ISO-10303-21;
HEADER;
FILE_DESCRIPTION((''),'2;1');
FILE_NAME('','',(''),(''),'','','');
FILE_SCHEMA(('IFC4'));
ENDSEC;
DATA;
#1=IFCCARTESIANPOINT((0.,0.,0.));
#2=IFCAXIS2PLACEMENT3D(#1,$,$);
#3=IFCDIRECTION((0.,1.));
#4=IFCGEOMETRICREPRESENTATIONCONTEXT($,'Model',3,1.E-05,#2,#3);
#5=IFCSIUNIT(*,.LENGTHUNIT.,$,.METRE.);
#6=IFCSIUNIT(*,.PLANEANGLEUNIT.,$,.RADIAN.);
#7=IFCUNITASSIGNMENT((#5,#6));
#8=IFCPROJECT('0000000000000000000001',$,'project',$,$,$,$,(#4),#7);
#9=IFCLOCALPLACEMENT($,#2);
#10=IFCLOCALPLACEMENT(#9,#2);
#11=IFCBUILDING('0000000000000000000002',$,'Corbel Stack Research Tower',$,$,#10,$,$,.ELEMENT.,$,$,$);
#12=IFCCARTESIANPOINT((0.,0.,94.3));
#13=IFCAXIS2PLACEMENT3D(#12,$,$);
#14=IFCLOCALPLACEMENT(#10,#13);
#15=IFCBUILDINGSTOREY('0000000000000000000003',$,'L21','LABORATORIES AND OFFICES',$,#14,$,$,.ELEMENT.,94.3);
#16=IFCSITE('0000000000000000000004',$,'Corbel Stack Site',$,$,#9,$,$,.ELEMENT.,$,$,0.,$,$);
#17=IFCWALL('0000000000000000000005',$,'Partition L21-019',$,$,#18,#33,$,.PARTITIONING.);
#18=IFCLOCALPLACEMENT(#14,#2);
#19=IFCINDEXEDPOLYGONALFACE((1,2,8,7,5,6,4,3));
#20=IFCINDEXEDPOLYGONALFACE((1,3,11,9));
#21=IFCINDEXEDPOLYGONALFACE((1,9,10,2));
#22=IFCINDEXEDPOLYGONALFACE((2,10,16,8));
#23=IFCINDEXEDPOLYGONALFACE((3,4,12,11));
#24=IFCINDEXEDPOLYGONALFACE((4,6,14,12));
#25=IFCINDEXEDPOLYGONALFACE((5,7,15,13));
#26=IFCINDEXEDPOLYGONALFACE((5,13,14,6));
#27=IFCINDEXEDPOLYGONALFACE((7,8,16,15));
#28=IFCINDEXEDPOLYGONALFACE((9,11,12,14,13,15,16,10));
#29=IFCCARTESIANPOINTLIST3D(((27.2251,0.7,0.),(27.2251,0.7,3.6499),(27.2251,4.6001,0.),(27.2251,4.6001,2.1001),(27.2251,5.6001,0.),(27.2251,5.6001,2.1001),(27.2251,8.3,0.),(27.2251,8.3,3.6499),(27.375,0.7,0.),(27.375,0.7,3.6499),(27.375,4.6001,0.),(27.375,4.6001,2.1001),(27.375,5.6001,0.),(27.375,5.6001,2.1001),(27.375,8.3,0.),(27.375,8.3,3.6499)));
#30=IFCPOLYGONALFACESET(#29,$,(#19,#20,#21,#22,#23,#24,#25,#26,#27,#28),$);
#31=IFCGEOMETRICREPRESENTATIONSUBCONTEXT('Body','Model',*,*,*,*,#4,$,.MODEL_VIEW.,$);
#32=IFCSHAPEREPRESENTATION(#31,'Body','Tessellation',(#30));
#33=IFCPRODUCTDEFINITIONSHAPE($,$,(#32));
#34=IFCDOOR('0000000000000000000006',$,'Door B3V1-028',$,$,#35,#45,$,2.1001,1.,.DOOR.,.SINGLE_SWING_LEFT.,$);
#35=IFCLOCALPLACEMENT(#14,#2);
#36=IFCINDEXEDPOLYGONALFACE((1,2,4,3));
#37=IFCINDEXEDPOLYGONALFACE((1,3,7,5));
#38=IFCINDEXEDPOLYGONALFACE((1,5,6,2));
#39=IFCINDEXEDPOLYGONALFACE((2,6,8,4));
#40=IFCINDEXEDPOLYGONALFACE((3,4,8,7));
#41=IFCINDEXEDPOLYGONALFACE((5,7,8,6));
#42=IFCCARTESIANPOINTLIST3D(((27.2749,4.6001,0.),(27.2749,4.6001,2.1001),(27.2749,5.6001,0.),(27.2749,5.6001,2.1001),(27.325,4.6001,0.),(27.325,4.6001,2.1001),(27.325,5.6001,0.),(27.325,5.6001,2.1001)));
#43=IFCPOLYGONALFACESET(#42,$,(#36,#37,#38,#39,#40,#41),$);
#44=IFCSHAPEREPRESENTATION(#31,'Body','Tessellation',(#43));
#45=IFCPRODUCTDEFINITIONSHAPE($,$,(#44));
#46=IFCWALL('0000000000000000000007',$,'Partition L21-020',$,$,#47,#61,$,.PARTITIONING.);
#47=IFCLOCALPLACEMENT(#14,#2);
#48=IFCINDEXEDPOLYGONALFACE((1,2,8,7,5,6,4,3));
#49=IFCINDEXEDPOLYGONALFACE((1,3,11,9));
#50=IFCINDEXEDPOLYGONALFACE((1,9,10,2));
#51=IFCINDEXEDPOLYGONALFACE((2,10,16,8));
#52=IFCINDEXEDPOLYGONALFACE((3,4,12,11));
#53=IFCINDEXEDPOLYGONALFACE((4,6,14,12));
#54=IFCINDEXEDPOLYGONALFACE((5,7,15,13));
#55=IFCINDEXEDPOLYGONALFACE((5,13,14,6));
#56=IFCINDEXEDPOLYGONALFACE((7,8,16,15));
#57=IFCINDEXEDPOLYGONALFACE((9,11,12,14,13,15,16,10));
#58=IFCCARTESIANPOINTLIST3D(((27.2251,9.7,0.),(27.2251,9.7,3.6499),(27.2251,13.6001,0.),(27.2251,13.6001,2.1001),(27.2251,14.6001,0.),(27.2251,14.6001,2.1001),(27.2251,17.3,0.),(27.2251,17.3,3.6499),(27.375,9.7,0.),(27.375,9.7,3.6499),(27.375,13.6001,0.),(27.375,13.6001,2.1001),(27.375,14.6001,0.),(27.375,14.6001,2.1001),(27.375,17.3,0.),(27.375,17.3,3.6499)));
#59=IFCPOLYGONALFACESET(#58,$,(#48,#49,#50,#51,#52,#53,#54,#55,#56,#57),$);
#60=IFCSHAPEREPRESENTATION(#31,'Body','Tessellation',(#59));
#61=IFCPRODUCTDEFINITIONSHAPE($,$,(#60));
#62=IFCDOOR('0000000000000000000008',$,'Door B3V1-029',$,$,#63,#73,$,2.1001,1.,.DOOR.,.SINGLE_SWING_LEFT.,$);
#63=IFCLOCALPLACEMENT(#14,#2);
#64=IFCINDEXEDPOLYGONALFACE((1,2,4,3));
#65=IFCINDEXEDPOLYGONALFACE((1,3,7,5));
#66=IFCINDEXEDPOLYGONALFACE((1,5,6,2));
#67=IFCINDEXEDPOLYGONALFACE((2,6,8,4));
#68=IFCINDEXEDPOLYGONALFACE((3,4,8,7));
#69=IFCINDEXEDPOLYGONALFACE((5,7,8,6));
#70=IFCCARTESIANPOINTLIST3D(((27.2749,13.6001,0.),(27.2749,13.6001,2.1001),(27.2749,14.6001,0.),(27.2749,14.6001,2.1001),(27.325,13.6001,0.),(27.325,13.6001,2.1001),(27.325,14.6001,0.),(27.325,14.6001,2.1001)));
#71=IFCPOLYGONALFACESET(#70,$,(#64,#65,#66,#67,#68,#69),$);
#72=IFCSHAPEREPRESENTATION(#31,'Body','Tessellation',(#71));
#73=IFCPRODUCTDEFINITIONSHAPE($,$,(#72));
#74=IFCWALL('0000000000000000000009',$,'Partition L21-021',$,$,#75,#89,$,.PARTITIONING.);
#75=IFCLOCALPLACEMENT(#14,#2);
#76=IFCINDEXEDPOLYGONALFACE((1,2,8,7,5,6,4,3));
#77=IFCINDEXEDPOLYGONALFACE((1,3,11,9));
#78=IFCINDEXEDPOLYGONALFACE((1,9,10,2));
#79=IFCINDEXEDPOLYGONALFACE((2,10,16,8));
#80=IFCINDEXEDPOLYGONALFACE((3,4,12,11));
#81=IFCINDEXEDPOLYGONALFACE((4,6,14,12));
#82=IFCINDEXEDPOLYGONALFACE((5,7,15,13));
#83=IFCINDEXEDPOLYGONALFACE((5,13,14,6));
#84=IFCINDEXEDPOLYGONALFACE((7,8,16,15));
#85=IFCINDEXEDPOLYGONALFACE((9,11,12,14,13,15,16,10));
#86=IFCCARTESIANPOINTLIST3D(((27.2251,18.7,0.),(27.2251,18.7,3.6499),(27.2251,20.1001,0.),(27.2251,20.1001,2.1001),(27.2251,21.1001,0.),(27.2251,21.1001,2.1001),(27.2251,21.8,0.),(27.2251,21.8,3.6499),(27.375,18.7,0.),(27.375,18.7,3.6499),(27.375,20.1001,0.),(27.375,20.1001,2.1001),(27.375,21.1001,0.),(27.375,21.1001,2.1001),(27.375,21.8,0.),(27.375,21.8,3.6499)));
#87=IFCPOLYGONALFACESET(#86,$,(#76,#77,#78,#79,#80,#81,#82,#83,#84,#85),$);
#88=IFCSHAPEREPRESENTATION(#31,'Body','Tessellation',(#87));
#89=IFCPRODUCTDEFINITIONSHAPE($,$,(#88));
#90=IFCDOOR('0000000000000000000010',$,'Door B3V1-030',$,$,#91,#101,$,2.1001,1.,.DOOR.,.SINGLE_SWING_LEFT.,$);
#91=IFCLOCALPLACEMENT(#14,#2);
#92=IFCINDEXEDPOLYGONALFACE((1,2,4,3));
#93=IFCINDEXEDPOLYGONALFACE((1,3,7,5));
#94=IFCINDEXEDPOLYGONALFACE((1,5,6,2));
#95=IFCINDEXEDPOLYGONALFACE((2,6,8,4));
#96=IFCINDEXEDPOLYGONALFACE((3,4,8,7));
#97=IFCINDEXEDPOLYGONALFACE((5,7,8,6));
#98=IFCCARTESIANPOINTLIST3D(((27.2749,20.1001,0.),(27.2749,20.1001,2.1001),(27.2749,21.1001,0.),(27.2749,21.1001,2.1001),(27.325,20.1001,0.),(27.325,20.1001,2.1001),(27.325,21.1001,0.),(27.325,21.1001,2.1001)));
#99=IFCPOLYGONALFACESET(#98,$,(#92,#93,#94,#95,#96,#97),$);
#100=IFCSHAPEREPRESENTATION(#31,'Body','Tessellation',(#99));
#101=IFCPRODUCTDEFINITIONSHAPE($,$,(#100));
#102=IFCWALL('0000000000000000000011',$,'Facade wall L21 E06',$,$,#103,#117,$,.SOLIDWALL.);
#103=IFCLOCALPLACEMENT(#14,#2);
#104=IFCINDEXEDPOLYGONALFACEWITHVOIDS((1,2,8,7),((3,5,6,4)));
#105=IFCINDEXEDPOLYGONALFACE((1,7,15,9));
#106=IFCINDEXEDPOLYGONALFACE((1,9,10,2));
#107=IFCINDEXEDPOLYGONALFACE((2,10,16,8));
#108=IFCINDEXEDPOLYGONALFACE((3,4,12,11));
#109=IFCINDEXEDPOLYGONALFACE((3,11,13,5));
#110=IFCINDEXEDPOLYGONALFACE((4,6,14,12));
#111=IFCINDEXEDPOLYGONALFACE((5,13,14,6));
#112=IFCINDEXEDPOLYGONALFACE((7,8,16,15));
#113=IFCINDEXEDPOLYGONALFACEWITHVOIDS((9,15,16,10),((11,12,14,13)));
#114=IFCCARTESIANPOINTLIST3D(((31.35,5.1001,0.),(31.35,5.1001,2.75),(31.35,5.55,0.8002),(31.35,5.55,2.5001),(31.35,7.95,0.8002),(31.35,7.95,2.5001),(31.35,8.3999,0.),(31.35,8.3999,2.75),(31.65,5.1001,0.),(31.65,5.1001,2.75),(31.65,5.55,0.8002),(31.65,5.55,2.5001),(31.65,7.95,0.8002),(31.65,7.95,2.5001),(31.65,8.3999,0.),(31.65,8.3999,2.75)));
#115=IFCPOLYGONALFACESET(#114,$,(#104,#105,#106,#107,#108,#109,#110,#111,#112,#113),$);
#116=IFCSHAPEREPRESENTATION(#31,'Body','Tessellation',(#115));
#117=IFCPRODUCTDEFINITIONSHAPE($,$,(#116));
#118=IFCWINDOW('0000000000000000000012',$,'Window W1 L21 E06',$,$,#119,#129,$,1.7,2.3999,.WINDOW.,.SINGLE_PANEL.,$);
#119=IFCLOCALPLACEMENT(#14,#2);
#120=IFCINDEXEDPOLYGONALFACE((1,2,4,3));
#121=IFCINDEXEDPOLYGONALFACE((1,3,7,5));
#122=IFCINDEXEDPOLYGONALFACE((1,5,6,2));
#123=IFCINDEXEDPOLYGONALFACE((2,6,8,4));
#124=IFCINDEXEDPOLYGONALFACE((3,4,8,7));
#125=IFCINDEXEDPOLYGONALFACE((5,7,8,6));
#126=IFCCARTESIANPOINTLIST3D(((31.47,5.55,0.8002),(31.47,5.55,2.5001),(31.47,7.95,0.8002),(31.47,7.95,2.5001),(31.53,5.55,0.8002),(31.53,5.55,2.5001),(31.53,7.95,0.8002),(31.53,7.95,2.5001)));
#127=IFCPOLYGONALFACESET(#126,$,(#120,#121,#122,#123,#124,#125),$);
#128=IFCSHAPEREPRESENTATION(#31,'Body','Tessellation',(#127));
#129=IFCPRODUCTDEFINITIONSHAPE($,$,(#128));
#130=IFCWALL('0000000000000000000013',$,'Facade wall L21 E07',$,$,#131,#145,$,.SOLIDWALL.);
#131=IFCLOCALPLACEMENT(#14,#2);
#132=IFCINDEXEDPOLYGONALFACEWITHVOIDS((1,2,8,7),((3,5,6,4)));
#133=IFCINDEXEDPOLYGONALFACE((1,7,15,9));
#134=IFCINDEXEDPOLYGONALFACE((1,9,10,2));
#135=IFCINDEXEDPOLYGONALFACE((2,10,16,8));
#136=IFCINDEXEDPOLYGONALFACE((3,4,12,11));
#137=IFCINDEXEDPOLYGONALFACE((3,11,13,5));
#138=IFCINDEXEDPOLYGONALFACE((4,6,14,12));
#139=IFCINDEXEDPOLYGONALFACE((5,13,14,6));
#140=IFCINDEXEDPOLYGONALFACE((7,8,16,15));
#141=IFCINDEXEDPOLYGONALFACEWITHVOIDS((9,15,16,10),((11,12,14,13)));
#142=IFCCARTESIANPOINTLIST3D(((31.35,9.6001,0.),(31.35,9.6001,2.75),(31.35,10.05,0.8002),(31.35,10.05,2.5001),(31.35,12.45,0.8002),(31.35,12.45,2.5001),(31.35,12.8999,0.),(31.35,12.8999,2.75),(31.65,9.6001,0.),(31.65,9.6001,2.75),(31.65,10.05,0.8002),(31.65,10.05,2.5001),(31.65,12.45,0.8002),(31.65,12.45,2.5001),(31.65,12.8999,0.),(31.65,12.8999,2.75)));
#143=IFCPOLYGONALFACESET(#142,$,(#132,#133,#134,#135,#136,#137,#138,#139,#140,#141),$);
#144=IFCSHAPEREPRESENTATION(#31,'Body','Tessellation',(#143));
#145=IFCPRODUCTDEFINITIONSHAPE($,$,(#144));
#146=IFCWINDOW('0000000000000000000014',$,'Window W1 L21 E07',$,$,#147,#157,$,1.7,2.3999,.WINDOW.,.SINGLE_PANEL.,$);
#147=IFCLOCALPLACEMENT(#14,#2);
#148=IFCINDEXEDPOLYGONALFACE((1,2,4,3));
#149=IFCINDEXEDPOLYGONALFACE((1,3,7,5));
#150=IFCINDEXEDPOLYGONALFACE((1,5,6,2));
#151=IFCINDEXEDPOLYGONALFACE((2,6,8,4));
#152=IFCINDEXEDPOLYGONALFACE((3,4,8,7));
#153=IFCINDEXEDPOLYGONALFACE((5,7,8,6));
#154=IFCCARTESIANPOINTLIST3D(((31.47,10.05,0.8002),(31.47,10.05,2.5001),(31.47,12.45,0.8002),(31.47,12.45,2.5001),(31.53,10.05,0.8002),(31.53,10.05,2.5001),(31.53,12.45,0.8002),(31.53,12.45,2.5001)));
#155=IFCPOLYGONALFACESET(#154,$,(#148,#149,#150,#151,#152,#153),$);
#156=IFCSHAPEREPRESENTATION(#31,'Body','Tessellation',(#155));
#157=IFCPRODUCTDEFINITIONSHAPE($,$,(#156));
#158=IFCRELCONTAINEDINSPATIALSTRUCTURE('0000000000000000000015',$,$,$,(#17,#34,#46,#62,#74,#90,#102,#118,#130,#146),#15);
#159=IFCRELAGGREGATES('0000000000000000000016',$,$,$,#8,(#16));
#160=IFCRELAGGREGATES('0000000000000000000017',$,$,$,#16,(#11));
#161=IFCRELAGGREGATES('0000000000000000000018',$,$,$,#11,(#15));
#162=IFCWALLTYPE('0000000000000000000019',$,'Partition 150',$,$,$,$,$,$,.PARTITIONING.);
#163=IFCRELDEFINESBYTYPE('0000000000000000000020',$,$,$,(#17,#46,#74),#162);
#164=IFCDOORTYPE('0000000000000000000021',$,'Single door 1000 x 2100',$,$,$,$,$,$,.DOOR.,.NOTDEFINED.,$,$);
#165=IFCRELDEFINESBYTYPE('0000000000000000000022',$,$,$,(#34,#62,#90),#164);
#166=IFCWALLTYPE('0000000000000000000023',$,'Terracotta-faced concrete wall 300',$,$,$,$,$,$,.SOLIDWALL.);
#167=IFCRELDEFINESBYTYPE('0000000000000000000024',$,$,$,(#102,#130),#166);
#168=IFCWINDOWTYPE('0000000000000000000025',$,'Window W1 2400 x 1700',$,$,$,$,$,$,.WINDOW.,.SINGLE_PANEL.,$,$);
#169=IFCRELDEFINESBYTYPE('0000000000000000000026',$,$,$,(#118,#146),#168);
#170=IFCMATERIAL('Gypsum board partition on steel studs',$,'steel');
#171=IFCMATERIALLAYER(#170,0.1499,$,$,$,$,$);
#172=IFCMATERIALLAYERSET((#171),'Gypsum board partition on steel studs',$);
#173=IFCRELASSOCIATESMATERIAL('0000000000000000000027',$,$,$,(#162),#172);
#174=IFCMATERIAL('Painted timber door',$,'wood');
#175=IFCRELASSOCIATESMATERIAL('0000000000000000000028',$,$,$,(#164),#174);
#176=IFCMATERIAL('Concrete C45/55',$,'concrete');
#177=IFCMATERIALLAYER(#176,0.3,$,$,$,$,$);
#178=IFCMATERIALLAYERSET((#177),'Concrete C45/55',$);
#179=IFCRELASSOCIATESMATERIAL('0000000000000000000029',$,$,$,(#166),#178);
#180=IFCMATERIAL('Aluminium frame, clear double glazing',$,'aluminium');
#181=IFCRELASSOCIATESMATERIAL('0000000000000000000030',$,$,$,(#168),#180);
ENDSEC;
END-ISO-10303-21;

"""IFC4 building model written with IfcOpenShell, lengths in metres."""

from ifc_helpers import new_model, si_unit, direction, frame, frame_2d, origin, place, context, subcontext, project, spatial, rectangle, extrude, material, layer, layer_set, type_object, element, fill, save


model = new_model("IFC4")

# Units and contexts
model_context = context("Model", 3, precision=1e-05, world=origin(), true_north=direction((0.0, 1.0)))
body_context = subcontext(model_context, "Body", "Model", "MODEL_VIEW")
ifc_project = project(units=[si_unit("LENGTHUNIT", "METRE"), si_unit("PLANEANGLEUNIT", "RADIAN")], contexts=[model_context])

# Site, building, storey
site_placement = place(None, origin())
site = spatial("IfcSite", under=ifc_project, at=site_placement, Name="Corbel Stack Site", CompositionType="ELEMENT", RefElevation=0.0)
building_placement = place(site_placement, origin())
building = spatial("IfcBuilding", under=site, at=building_placement, Name="Corbel Stack Research Tower", CompositionType="ELEMENT")
storey_placement = place(building_placement, frame((0.0, 0.0, 94.3)))
storey = spatial("IfcBuildingStorey", under=building, at=storey_placement, Name="L21", Description="LABORATORIES AND OFFICES", CompositionType="ELEMENT", Elevation=94.3)

# Walls, openings, doors
ifc_material_1 = material(Name="Gypsum board partition on steel studs", Category="steel")
ifc_layer_1 = layer(ifc_material_1, 0.1499)
ifc_layer_set_1 = layer_set([ifc_layer_1], Name="Gypsum board partition on steel studs")
wall_type_1 = type_object("IfcWallType", Name="Partition 150", PredefinedType="PARTITIONING", material=ifc_layer_set_1)
wall_1_placement = place(storey_placement, frame((27.3, 8.3, 0.0), z_axis=(0.0, 0.0, 1.0), x_axis=(0.0, -1.0, 0.0)))
wall_1 = element("IfcWall", 1, at=wall_1_placement, inside=storey, type_object=wall_type_1, Name="Partition L21-019", PredefinedType="PARTITIONING", context=body_context, shape_type="SweptSolid", body=[
    extrude(rectangle(XDim=7.6001, YDim=0.1499, at=frame_2d((3.8, 0.0))), origin(), (0.0, 0.0, 1.0), 3.6499),
])
opening_1_placement = place(wall_1_placement, frame((2.7, 0.0, 0.0)))
opening_1 = element("IfcOpeningElement", 2, at=opening_1_placement, cuts=wall_1, PredefinedType="OPENING", context=body_context, shape_type="SweptSolid", body=[
    extrude(rectangle(XDim=1.0, YDim=2.1001, at=frame_2d((0.5, 1.05))), frame((0.0, 0.085, 0.0), z_axis=(0.0, -1.0, 0.0), x_axis=(1.0, 0.0, 0.0)), (0.0, 0.0, 1.0), 0.1699),
])
ifc_material_2 = material(Name="Painted timber door", Category="wood")
door_type_1 = type_object("IfcDoorType", Name="Single door 1000 x 2100", OperationType="NOTDEFINED", PredefinedType="DOOR", material=ifc_material_2)
door_1_placement = place(opening_1_placement, origin())
door_1 = element("IfcDoor", 3, at=door_1_placement, inside=storey, type_object=door_type_1, Name="Door B3V1-028", OperationType="SINGLE_SWING_LEFT", OverallHeight=2.1001, OverallWidth=1.0, PredefinedType="DOOR", context=body_context, shape_type="SweptSolid", body=[
    extrude(rectangle(XDim=1.0, YDim=2.1001, at=frame_2d((0.5, 1.05))), frame((0.0, 0.0249, 0.0), z_axis=(0.0, -1.0, 0.0), x_axis=(1.0, 0.0, 0.0)), (0.0, 0.0, 1.0), 0.05),
])
fill(opening_1, door_1)
wall_2_placement = place(storey_placement, frame((27.3, 17.3, 0.0), z_axis=(0.0, 0.0, 1.0), x_axis=(0.0, -1.0, 0.0)))
wall_2 = element("IfcWall", 4, at=wall_2_placement, inside=storey, type_object=wall_type_1, Name="Partition L21-020", PredefinedType="PARTITIONING", context=body_context, shape_type="SweptSolid", body=[
    extrude(rectangle(XDim=7.6001, YDim=0.1499, at=frame_2d((3.8, 0.0))), origin(), (0.0, 0.0, 1.0), 3.6499),
])
opening_2_placement = place(wall_2_placement, frame((2.7, 0.0, 0.0)))
opening_2 = element("IfcOpeningElement", 5, at=opening_2_placement, cuts=wall_2, PredefinedType="OPENING", context=body_context, shape_type="SweptSolid", body=[
    extrude(rectangle(XDim=1.0, YDim=2.1001, at=frame_2d((0.5, 1.05))), frame((0.0, 0.085, 0.0), z_axis=(0.0, -1.0, 0.0), x_axis=(1.0, 0.0, 0.0)), (0.0, 0.0, 1.0), 0.1699),
])
door_2_placement = place(opening_2_placement, origin())
door_2 = element("IfcDoor", 6, at=door_2_placement, inside=storey, type_object=door_type_1, Name="Door B3V1-029", OperationType="SINGLE_SWING_LEFT", OverallHeight=2.1001, OverallWidth=1.0, PredefinedType="DOOR", context=body_context, shape_type="SweptSolid", body=[
    extrude(rectangle(XDim=1.0, YDim=2.1001, at=frame_2d((0.5, 1.05))), frame((0.0, 0.0249, 0.0), z_axis=(0.0, -1.0, 0.0), x_axis=(1.0, 0.0, 0.0)), (0.0, 0.0, 1.0), 0.05),
])
fill(opening_2, door_2)
wall_3_placement = place(storey_placement, frame((27.3, 21.8, 0.0), z_axis=(0.0, 0.0, 1.0), x_axis=(0.0, -1.0, 0.0)))
wall_3 = element("IfcWall", 7, at=wall_3_placement, inside=storey, type_object=wall_type_1, Name="Partition L21-021", PredefinedType="PARTITIONING", context=body_context, shape_type="SweptSolid", body=[
    extrude(rectangle(XDim=3.1001, YDim=0.1499, at=frame_2d((1.55, 0.0))), origin(), (0.0, 0.0, 1.0), 3.6499),
])
opening_3_placement = place(wall_3_placement, frame((0.7, 0.0, 0.0)))
opening_3 = element("IfcOpeningElement", 8, at=opening_3_placement, cuts=wall_3, PredefinedType="OPENING", context=body_context, shape_type="SweptSolid", body=[
    extrude(rectangle(XDim=1.0, YDim=2.1001, at=frame_2d((0.5, 1.05))), frame((0.0, 0.085, 0.0), z_axis=(0.0, -1.0, 0.0), x_axis=(1.0, 0.0, 0.0)), (0.0, 0.0, 1.0), 0.1699),
])
door_3_placement = place(opening_3_placement, origin())
door_3 = element("IfcDoor", 9, at=door_3_placement, inside=storey, type_object=door_type_1, Name="Door B3V1-030", OperationType="SINGLE_SWING_LEFT", OverallHeight=2.1001, OverallWidth=1.0, PredefinedType="DOOR", context=body_context, shape_type="SweptSolid", body=[
    extrude(rectangle(XDim=1.0, YDim=2.1001, at=frame_2d((0.5, 1.05))), frame((0.0, 0.0249, 0.0), z_axis=(0.0, -1.0, 0.0), x_axis=(1.0, 0.0, 0.0)), (0.0, 0.0, 1.0), 0.05),
])
fill(opening_3, door_3)

# Walls, openings, windows
ifc_material_3 = material(Name="Concrete C45/55", Category="concrete")
ifc_layer_2 = layer(ifc_material_3, 0.3)
ifc_layer_set_2 = layer_set([ifc_layer_2], Name="Concrete C45/55")
wall_type_2 = type_object("IfcWallType", Name="Terracotta-faced concrete wall 300", PredefinedType="SOLIDWALL", material=ifc_layer_set_2)
wall_4_placement = place(storey_placement, frame((31.5, 8.3999, 0.0), z_axis=(0.0, 0.0, 1.0), x_axis=(0.0, -1.0, 0.0)))
wall_4 = element("IfcWall", 10, at=wall_4_placement, inside=storey, type_object=wall_type_2, Name="Facade wall L21 E06", PredefinedType="SOLIDWALL", context=body_context, shape_type="SweptSolid", body=[
    extrude(rectangle(XDim=3.2998, YDim=0.3, at=frame_2d((1.6499, 0.0))), origin(), (0.0, 0.0, 1.0), 2.75),
])
opening_4_placement = place(wall_4_placement, frame((0.45, 0.0, 0.8)))
opening_4 = element("IfcOpeningElement", 11, at=opening_4_placement, cuts=wall_4, PredefinedType="OPENING", context=body_context, shape_type="SweptSolid", body=[
    extrude(rectangle(XDim=2.3999, YDim=1.7, at=frame_2d((1.2, 0.8501))), frame((0.0, 0.1599, 0.0), z_axis=(0.0, -1.0, 0.0), x_axis=(1.0, 0.0, 0.0)), (0.0, 0.0, 1.0), 0.3201),
])
ifc_material_4 = material(Name="Aluminium frame, clear double glazing", Category="aluminium")
window_type = type_object("IfcWindowType", Name="Window W1 2400 x 1700", PartitioningType="SINGLE_PANEL", PredefinedType="WINDOW", material=ifc_material_4)
window_1_placement = place(opening_4_placement, origin())
window_1 = element("IfcWindow", 12, at=window_1_placement, inside=storey, type_object=window_type, Name="Window W1 L21 E06", OverallHeight=1.7, OverallWidth=2.3999, PartitioningType="SINGLE_PANEL", PredefinedType="WINDOW", context=body_context, shape_type="SweptSolid", body=[
    extrude(rectangle(XDim=2.3999, YDim=1.7, at=frame_2d((1.2, 0.8501))), frame((0.0, 0.03, 0.0), z_axis=(0.0, -1.0, 0.0), x_axis=(1.0, 0.0, 0.0)), (0.0, 0.0, 1.0), 0.0601),
])
fill(opening_4, window_1)
wall_5_placement = place(storey_placement, frame((31.5, 12.8999, 0.0), z_axis=(0.0, 0.0, 1.0), x_axis=(0.0, -1.0, 0.0)))
wall_5 = element("IfcWall", 13, at=wall_5_placement, inside=storey, type_object=wall_type_2, Name="Facade wall L21 E07", PredefinedType="SOLIDWALL", context=body_context, shape_type="SweptSolid", body=[
    extrude(rectangle(XDim=3.2998, YDim=0.3, at=frame_2d((1.6499, 0.0))), origin(), (0.0, 0.0, 1.0), 2.75),
])
opening_5_placement = place(wall_5_placement, frame((0.45, 0.0, 0.8)))
opening_5 = element("IfcOpeningElement", 14, at=opening_5_placement, cuts=wall_5, PredefinedType="OPENING", context=body_context, shape_type="SweptSolid", body=[
    extrude(rectangle(XDim=2.3999, YDim=1.7, at=frame_2d((1.2, 0.8501))), frame((0.0, 0.1599, 0.0), z_axis=(0.0, -1.0, 0.0), x_axis=(1.0, 0.0, 0.0)), (0.0, 0.0, 1.0), 0.3201),
])
window_2_placement = place(opening_5_placement, origin())
window_2 = element("IfcWindow", 15, at=window_2_placement, inside=storey, type_object=window_type, Name="Window W1 L21 E07", OverallHeight=1.7, OverallWidth=2.3999, PartitioningType="SINGLE_PANEL", PredefinedType="WINDOW", context=body_context, shape_type="SweptSolid", body=[
    extrude(rectangle(XDim=2.3999, YDim=1.7, at=frame_2d((1.2, 0.8501))), frame((0.0, 0.03, 0.0), z_axis=(0.0, -1.0, 0.0), x_axis=(1.0, 0.0, 0.0)), (0.0, 0.0, 1.0), 0.0601),
])
fill(opening_5, window_2)

save(model, "model.ifc")
